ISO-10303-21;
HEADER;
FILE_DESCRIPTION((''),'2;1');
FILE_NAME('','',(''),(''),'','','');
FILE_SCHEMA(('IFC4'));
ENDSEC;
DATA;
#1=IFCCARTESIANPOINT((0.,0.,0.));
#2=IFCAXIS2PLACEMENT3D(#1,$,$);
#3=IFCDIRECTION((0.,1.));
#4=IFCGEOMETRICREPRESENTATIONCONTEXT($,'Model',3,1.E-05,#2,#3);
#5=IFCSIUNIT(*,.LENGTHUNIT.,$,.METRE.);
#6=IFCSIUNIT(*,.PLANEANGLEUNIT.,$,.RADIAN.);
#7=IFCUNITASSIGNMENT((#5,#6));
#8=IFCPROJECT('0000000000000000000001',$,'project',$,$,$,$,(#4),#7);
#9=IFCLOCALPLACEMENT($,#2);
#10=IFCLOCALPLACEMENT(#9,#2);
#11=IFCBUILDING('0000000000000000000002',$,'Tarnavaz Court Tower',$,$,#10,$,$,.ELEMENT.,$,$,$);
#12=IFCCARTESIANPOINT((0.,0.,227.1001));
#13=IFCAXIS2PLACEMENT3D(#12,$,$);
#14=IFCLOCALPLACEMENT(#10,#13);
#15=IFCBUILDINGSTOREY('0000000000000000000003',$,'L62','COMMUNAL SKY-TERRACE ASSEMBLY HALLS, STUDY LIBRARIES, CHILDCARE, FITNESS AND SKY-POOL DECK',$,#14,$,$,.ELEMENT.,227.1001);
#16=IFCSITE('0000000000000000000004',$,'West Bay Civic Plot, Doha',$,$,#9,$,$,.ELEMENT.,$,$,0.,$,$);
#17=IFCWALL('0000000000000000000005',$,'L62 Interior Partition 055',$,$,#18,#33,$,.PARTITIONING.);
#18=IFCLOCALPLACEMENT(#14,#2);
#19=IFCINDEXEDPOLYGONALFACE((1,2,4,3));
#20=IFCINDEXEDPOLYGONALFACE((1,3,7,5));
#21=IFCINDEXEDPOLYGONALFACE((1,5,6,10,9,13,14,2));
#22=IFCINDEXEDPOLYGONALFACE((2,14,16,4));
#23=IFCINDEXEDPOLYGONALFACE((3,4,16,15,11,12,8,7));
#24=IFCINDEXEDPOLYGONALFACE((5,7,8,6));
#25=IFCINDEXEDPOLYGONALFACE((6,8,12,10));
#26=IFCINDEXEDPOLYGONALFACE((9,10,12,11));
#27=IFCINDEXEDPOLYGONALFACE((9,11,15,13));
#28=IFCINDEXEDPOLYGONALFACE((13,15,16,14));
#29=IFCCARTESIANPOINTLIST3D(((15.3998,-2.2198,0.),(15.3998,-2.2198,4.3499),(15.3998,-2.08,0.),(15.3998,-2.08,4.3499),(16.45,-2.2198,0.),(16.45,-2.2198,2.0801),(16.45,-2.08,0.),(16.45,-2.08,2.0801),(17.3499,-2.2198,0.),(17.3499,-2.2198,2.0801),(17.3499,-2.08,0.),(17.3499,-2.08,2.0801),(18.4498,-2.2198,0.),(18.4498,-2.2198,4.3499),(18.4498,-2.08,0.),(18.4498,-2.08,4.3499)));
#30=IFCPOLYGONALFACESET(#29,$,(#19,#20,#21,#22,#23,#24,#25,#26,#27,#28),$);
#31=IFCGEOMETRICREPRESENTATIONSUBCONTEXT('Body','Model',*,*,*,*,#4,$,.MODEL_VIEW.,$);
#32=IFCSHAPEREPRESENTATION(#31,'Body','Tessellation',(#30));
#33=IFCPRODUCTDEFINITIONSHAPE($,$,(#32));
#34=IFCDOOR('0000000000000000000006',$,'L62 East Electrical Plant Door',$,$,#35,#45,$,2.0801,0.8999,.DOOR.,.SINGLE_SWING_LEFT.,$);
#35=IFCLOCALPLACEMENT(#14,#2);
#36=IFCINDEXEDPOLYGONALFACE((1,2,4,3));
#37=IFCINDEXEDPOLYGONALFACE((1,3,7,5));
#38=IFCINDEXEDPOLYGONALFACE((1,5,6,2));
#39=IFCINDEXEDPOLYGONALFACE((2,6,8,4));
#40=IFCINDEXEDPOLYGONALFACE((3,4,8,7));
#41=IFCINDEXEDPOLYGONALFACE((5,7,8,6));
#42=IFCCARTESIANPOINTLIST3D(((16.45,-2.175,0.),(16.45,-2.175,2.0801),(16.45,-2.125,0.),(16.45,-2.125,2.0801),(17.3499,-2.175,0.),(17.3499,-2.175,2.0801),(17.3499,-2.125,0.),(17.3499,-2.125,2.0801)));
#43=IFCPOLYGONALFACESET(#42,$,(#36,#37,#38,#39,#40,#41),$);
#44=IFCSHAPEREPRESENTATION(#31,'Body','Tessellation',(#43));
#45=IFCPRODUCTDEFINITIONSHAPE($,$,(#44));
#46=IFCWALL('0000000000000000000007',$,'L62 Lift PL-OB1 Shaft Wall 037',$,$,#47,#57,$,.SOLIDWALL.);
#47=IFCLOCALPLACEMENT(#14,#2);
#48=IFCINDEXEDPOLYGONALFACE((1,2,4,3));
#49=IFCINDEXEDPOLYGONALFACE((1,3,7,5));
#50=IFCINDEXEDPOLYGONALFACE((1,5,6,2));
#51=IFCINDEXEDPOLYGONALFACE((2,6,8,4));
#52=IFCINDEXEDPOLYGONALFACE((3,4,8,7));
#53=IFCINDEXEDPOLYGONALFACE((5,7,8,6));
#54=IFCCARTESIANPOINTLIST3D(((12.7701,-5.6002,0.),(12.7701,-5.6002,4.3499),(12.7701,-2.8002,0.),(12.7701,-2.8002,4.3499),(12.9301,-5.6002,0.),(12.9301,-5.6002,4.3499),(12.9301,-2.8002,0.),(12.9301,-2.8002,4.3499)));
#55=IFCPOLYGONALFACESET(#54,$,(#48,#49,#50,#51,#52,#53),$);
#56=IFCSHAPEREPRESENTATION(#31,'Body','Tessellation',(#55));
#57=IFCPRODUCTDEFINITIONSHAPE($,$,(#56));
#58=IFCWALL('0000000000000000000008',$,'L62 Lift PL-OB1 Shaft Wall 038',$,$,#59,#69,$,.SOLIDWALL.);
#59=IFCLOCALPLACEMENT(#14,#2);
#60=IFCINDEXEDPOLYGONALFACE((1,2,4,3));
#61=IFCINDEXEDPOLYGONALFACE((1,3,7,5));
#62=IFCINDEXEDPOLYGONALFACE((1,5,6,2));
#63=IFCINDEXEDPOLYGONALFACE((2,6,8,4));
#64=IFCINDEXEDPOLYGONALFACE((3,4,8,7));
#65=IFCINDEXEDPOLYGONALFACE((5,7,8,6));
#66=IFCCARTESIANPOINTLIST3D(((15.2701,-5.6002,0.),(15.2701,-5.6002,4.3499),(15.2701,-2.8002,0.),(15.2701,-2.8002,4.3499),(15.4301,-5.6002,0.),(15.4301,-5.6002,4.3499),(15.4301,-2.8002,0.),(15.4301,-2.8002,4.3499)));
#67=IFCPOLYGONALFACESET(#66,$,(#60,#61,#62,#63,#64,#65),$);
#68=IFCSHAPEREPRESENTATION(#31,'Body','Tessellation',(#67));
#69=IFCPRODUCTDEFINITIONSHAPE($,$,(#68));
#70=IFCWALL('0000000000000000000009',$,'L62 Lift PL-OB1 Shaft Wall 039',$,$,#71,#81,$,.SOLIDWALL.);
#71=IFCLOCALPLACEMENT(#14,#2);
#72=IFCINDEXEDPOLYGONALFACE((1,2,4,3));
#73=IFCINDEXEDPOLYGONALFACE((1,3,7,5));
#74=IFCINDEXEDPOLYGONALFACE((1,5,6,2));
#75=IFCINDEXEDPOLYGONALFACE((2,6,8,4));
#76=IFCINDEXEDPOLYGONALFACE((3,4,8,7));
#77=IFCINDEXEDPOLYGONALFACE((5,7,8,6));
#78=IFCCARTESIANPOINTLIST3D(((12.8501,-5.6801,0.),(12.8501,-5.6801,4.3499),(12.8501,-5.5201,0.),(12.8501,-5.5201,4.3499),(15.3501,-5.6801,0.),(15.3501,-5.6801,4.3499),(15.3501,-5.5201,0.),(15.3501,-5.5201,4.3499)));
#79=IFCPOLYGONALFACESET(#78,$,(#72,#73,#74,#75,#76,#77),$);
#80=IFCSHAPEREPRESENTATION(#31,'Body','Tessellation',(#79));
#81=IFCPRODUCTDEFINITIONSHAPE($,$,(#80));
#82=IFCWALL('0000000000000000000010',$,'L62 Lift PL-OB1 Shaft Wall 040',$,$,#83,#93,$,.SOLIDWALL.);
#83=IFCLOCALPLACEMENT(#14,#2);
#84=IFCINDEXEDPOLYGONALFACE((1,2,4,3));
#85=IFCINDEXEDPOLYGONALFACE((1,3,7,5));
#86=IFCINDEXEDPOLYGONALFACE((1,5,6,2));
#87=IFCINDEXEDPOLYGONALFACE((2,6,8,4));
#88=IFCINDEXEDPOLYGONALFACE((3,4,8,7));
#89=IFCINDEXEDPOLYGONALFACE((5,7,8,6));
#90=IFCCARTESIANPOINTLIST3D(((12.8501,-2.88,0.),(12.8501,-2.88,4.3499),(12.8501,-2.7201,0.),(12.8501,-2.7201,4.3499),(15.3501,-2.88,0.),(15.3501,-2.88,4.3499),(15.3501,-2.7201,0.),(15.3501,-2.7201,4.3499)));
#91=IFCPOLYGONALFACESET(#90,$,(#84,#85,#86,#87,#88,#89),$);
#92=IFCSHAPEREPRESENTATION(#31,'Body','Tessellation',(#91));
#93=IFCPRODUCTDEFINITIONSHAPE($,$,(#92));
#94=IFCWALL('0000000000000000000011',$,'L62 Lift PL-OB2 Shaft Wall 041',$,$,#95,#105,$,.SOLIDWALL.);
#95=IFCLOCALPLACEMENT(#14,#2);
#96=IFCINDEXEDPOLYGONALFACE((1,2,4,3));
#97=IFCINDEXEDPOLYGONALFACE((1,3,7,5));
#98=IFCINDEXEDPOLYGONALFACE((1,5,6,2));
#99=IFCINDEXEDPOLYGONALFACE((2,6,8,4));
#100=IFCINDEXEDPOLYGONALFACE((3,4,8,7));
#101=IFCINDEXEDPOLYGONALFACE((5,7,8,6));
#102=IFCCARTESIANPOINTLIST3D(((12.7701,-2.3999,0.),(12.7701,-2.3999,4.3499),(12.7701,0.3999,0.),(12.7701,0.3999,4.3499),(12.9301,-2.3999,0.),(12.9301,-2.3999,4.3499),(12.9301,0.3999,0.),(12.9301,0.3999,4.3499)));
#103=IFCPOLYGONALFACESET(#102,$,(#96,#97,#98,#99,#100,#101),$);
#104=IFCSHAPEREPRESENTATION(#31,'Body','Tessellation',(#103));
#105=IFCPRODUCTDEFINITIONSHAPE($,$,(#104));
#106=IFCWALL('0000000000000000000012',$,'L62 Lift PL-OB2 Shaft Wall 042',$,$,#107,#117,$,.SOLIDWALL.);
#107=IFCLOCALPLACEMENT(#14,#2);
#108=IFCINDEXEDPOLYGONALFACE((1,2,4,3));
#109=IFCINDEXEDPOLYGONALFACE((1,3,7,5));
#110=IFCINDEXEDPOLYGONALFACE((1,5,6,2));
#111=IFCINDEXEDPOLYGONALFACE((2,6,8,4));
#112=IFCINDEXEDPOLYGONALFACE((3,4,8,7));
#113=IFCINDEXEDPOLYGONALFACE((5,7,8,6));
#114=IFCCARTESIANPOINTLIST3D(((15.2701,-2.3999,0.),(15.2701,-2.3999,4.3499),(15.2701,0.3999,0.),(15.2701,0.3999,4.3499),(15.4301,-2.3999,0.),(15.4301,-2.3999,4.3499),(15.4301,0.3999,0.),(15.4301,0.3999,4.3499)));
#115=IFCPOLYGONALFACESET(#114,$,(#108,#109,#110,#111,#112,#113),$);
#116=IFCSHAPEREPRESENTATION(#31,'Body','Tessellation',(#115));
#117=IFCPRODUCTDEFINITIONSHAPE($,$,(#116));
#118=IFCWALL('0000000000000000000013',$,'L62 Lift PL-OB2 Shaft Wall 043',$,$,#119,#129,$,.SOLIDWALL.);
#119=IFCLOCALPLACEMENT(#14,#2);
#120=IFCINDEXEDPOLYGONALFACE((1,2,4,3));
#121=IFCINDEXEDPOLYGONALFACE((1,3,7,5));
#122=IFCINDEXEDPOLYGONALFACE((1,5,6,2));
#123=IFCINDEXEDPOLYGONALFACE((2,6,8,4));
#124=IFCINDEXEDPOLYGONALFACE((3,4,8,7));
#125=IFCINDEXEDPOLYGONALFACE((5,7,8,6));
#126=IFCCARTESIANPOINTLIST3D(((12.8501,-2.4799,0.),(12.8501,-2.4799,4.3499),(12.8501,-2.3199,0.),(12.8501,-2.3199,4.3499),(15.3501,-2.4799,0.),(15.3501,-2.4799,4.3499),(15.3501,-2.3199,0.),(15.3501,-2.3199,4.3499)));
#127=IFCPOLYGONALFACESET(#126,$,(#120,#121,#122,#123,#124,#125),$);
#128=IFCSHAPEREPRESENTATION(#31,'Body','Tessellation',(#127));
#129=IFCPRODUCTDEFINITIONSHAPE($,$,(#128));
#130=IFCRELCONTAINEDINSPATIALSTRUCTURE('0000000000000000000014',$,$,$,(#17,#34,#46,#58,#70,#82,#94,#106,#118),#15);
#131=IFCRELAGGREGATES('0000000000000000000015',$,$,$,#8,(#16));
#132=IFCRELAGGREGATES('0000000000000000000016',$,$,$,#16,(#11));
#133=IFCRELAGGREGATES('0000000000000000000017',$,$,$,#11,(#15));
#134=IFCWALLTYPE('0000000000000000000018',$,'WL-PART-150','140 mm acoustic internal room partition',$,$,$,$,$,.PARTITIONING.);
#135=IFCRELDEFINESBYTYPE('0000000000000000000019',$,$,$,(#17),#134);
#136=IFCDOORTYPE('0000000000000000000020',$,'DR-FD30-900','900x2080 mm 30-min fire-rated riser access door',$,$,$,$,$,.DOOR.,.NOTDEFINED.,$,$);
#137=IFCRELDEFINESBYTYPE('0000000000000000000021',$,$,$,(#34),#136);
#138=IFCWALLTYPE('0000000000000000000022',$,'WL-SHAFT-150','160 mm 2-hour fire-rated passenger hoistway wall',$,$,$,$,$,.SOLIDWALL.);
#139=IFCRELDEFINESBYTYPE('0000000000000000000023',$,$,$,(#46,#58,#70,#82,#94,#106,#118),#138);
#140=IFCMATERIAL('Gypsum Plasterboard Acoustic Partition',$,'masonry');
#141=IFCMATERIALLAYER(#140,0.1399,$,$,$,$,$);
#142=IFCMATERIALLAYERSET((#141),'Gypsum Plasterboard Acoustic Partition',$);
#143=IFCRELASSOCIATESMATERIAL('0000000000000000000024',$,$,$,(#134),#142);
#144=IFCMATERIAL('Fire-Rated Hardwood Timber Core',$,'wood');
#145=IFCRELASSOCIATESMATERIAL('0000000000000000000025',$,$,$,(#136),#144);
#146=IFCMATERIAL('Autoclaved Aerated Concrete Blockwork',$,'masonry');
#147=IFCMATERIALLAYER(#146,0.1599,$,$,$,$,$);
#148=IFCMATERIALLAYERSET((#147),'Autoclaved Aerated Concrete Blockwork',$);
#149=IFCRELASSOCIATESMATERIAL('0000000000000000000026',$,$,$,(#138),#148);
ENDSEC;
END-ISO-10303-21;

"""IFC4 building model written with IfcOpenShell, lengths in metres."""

from ifc_helpers import new_model, si_unit, direction, frame, frame_2d, origin, place, context, subcontext, project, spatial, rectangle, extrude, material, layer, layer_set, type_object, element, fill, save


model = new_model("IFC4")

# Units and contexts
model_context = context("Model", 3, precision=1e-05, world=origin(), true_north=direction((0.0, 1.0)))
body_context = subcontext(model_context, "Body", "Model", "MODEL_VIEW")
ifc_project = project(units=[si_unit("LENGTHUNIT", "METRE"), si_unit("PLANEANGLEUNIT", "RADIAN")], contexts=[model_context])

# Site, building, storey
site_placement = place(None, origin())
site = spatial("IfcSite", under=ifc_project, at=site_placement, Name="West Bay Civic Plot, Doha", CompositionType="ELEMENT", RefElevation=0.0)
building_placement = place(site_placement, origin())
building = spatial("IfcBuilding", under=site, at=building_placement, Name="Tarnavaz Court Tower", CompositionType="ELEMENT")
storey_placement = place(building_placement, frame((0.0, 0.0, 227.1001)))
storey = spatial("IfcBuildingStorey", under=building, at=storey_placement, Name="L62", Description="COMMUNAL SKY-TERRACE ASSEMBLY HALLS, STUDY LIBRARIES, CHILDCARE, FITNESS AND SKY-POOL DECK", CompositionType="ELEMENT", Elevation=227.1001)

# Wall, opening, door
ifc_material_1 = material(Name="Gypsum Plasterboard Acoustic Partition", Category="masonry")
ifc_layer_1 = layer(ifc_material_1, 0.1399)
ifc_layer_set_1 = layer_set([ifc_layer_1], Name="Gypsum Plasterboard Acoustic Partition")
wall_type_1 = type_object("IfcWallType", Name="WL-PART-150", Description="140 mm acoustic internal room partition", PredefinedType="PARTITIONING", material=ifc_layer_set_1)
wall_1_placement = place(storey_placement, frame((15.3999, -2.1499, 0.0), z_axis=(0.0, 0.0, 1.0), x_axis=(1.0, 0.0, 0.0)))
wall_1 = element("IfcWall", 1, at=wall_1_placement, inside=storey, type_object=wall_type_1, Name="L62 Interior Partition 055", PredefinedType="PARTITIONING", context=body_context, shape_type="SweptSolid", body=[
    extrude(rectangle(XDim=3.05, YDim=0.1399, at=frame_2d((1.5249, 0.0))), origin(), (0.0, 0.0, 1.0), 4.3499),
])
opening_placement = place(wall_1_placement, frame((1.05, 0.0, 0.0)))
opening = element("IfcOpeningElement", 2, at=opening_placement, cuts=wall_1, PredefinedType="OPENING", context=body_context, shape_type="SweptSolid", body=[
    extrude(rectangle(XDim=0.8999, YDim=2.0801, at=frame_2d((0.45, 1.04))), frame((0.0, 0.0798, 0.0), z_axis=(0.0, -1.0, 0.0), x_axis=(1.0, 0.0, 0.0)), (0.0, 0.0, 1.0), 0.1599),
])
ifc_material_2 = material(Name="Fire-Rated Hardwood Timber Core", Category="wood")
door_type = type_object("IfcDoorType", Name="DR-FD30-900", Description="900x2080 mm 30-min fire-rated riser access door", OperationType="NOTDEFINED", PredefinedType="DOOR", material=ifc_material_2)
door_placement = place(opening_placement, origin())
door = element("IfcDoor", 3, at=door_placement, inside=storey, type_object=door_type, Name="L62 East Electrical Plant Door", OperationType="SINGLE_SWING_LEFT", OverallHeight=2.0801, OverallWidth=0.8999, PredefinedType="DOOR", context=body_context, shape_type="SweptSolid", body=[
    extrude(rectangle(XDim=0.8999, YDim=2.0801, at=frame_2d((0.45, 1.04))), frame((0.0, 0.0249, 0.0), z_axis=(0.0, -1.0, 0.0), x_axis=(1.0, 0.0, 0.0)), (0.0, 0.0, 1.0), 0.05),
])
fill(opening, door)

# Walls
ifc_material_3 = material(Name="Autoclaved Aerated Concrete Blockwork", Category="masonry")
ifc_layer_2 = layer(ifc_material_3, 0.1599)
ifc_layer_set_2 = layer_set([ifc_layer_2], Name="Autoclaved Aerated Concrete Blockwork")
wall_type_2 = type_object("IfcWallType", Name="WL-SHAFT-150", Description="160 mm 2-hour fire-rated passenger hoistway wall", PredefinedType="SOLIDWALL", material=ifc_layer_set_2)
for number, where, z_axis, x_axis, name in (
    (4, (12.8501, -5.6001, 0.0), (0.0, 0.0, 1.0), (0.0, 1.0, 0.0), "L62 Lift PL-OB1 Shaft Wall 037"),
    (5, (15.3501, -5.6001, 0.0), (0.0, 0.0, 1.0), (0.0, 1.0, 0.0), "L62 Lift PL-OB1 Shaft Wall 038"),
):
    element("IfcWall", number, at=place(storey_placement, frame(where, z_axis=z_axis, x_axis=x_axis)), inside=storey, type_object=wall_type_2, Name=name, PredefinedType="SOLIDWALL", context=body_context, shape_type="SweptSolid", body=[
        extrude(rectangle(XDim=2.8, YDim=0.1599, at=frame_2d((1.3999, 0.0))), origin(), (0.0, 0.0, 1.0), 4.3499),
    ])
for number, where, z_axis, x_axis, name in (
    (6, (12.8501, -5.6001, 0.0), (0.0, 0.0, 1.0), (1.0, 0.0, 0.0), "L62 Lift PL-OB1 Shaft Wall 039"),
    (7, (12.8501, -2.8, 0.0), (0.0, 0.0, 1.0), (1.0, 0.0, 0.0), "L62 Lift PL-OB1 Shaft Wall 040"),
):
    element("IfcWall", number, at=place(storey_placement, frame(where, z_axis=z_axis, x_axis=x_axis)), inside=storey, type_object=wall_type_2, Name=name, PredefinedType="SOLIDWALL", context=body_context, shape_type="SweptSolid", body=[
        extrude(rectangle(XDim=2.5, YDim=0.1599, at=frame_2d((1.25, 0.0))), origin(), (0.0, 0.0, 1.0), 4.3499),
    ])
for number, where, z_axis, x_axis, name in (
    (8, (12.8501, -2.3999, 0.0), (0.0, 0.0, 1.0), (0.0, 1.0, 0.0), "L62 Lift PL-OB2 Shaft Wall 041"),
    (9, (15.3501, -2.3999, 0.0), (0.0, 0.0, 1.0), (0.0, 1.0, 0.0), "L62 Lift PL-OB2 Shaft Wall 042"),
):
    element("IfcWall", number, at=place(storey_placement, frame(where, z_axis=z_axis, x_axis=x_axis)), inside=storey, type_object=wall_type_2, Name=name, PredefinedType="SOLIDWALL", context=body_context, shape_type="SweptSolid", body=[
        extrude(rectangle(XDim=2.7998, YDim=0.1599, at=frame_2d((1.3999, 0.0))), origin(), (0.0, 0.0, 1.0), 4.3499),
    ])
wall_2_placement = place(storey_placement, frame((12.8501, -2.3999, 0.0), z_axis=(0.0, 0.0, 1.0), x_axis=(1.0, 0.0, 0.0)))
element("IfcWall", 10, at=wall_2_placement, inside=storey, type_object=wall_type_2, Name="L62 Lift PL-OB2 Shaft Wall 043", PredefinedType="SOLIDWALL", context=body_context, shape_type="SweptSolid", body=[
    extrude(rectangle(XDim=2.5, YDim=0.1599, at=frame_2d((1.25, 0.0))), origin(), (0.0, 0.0, 1.0), 4.3499),
])

save(model, "model.ifc")
